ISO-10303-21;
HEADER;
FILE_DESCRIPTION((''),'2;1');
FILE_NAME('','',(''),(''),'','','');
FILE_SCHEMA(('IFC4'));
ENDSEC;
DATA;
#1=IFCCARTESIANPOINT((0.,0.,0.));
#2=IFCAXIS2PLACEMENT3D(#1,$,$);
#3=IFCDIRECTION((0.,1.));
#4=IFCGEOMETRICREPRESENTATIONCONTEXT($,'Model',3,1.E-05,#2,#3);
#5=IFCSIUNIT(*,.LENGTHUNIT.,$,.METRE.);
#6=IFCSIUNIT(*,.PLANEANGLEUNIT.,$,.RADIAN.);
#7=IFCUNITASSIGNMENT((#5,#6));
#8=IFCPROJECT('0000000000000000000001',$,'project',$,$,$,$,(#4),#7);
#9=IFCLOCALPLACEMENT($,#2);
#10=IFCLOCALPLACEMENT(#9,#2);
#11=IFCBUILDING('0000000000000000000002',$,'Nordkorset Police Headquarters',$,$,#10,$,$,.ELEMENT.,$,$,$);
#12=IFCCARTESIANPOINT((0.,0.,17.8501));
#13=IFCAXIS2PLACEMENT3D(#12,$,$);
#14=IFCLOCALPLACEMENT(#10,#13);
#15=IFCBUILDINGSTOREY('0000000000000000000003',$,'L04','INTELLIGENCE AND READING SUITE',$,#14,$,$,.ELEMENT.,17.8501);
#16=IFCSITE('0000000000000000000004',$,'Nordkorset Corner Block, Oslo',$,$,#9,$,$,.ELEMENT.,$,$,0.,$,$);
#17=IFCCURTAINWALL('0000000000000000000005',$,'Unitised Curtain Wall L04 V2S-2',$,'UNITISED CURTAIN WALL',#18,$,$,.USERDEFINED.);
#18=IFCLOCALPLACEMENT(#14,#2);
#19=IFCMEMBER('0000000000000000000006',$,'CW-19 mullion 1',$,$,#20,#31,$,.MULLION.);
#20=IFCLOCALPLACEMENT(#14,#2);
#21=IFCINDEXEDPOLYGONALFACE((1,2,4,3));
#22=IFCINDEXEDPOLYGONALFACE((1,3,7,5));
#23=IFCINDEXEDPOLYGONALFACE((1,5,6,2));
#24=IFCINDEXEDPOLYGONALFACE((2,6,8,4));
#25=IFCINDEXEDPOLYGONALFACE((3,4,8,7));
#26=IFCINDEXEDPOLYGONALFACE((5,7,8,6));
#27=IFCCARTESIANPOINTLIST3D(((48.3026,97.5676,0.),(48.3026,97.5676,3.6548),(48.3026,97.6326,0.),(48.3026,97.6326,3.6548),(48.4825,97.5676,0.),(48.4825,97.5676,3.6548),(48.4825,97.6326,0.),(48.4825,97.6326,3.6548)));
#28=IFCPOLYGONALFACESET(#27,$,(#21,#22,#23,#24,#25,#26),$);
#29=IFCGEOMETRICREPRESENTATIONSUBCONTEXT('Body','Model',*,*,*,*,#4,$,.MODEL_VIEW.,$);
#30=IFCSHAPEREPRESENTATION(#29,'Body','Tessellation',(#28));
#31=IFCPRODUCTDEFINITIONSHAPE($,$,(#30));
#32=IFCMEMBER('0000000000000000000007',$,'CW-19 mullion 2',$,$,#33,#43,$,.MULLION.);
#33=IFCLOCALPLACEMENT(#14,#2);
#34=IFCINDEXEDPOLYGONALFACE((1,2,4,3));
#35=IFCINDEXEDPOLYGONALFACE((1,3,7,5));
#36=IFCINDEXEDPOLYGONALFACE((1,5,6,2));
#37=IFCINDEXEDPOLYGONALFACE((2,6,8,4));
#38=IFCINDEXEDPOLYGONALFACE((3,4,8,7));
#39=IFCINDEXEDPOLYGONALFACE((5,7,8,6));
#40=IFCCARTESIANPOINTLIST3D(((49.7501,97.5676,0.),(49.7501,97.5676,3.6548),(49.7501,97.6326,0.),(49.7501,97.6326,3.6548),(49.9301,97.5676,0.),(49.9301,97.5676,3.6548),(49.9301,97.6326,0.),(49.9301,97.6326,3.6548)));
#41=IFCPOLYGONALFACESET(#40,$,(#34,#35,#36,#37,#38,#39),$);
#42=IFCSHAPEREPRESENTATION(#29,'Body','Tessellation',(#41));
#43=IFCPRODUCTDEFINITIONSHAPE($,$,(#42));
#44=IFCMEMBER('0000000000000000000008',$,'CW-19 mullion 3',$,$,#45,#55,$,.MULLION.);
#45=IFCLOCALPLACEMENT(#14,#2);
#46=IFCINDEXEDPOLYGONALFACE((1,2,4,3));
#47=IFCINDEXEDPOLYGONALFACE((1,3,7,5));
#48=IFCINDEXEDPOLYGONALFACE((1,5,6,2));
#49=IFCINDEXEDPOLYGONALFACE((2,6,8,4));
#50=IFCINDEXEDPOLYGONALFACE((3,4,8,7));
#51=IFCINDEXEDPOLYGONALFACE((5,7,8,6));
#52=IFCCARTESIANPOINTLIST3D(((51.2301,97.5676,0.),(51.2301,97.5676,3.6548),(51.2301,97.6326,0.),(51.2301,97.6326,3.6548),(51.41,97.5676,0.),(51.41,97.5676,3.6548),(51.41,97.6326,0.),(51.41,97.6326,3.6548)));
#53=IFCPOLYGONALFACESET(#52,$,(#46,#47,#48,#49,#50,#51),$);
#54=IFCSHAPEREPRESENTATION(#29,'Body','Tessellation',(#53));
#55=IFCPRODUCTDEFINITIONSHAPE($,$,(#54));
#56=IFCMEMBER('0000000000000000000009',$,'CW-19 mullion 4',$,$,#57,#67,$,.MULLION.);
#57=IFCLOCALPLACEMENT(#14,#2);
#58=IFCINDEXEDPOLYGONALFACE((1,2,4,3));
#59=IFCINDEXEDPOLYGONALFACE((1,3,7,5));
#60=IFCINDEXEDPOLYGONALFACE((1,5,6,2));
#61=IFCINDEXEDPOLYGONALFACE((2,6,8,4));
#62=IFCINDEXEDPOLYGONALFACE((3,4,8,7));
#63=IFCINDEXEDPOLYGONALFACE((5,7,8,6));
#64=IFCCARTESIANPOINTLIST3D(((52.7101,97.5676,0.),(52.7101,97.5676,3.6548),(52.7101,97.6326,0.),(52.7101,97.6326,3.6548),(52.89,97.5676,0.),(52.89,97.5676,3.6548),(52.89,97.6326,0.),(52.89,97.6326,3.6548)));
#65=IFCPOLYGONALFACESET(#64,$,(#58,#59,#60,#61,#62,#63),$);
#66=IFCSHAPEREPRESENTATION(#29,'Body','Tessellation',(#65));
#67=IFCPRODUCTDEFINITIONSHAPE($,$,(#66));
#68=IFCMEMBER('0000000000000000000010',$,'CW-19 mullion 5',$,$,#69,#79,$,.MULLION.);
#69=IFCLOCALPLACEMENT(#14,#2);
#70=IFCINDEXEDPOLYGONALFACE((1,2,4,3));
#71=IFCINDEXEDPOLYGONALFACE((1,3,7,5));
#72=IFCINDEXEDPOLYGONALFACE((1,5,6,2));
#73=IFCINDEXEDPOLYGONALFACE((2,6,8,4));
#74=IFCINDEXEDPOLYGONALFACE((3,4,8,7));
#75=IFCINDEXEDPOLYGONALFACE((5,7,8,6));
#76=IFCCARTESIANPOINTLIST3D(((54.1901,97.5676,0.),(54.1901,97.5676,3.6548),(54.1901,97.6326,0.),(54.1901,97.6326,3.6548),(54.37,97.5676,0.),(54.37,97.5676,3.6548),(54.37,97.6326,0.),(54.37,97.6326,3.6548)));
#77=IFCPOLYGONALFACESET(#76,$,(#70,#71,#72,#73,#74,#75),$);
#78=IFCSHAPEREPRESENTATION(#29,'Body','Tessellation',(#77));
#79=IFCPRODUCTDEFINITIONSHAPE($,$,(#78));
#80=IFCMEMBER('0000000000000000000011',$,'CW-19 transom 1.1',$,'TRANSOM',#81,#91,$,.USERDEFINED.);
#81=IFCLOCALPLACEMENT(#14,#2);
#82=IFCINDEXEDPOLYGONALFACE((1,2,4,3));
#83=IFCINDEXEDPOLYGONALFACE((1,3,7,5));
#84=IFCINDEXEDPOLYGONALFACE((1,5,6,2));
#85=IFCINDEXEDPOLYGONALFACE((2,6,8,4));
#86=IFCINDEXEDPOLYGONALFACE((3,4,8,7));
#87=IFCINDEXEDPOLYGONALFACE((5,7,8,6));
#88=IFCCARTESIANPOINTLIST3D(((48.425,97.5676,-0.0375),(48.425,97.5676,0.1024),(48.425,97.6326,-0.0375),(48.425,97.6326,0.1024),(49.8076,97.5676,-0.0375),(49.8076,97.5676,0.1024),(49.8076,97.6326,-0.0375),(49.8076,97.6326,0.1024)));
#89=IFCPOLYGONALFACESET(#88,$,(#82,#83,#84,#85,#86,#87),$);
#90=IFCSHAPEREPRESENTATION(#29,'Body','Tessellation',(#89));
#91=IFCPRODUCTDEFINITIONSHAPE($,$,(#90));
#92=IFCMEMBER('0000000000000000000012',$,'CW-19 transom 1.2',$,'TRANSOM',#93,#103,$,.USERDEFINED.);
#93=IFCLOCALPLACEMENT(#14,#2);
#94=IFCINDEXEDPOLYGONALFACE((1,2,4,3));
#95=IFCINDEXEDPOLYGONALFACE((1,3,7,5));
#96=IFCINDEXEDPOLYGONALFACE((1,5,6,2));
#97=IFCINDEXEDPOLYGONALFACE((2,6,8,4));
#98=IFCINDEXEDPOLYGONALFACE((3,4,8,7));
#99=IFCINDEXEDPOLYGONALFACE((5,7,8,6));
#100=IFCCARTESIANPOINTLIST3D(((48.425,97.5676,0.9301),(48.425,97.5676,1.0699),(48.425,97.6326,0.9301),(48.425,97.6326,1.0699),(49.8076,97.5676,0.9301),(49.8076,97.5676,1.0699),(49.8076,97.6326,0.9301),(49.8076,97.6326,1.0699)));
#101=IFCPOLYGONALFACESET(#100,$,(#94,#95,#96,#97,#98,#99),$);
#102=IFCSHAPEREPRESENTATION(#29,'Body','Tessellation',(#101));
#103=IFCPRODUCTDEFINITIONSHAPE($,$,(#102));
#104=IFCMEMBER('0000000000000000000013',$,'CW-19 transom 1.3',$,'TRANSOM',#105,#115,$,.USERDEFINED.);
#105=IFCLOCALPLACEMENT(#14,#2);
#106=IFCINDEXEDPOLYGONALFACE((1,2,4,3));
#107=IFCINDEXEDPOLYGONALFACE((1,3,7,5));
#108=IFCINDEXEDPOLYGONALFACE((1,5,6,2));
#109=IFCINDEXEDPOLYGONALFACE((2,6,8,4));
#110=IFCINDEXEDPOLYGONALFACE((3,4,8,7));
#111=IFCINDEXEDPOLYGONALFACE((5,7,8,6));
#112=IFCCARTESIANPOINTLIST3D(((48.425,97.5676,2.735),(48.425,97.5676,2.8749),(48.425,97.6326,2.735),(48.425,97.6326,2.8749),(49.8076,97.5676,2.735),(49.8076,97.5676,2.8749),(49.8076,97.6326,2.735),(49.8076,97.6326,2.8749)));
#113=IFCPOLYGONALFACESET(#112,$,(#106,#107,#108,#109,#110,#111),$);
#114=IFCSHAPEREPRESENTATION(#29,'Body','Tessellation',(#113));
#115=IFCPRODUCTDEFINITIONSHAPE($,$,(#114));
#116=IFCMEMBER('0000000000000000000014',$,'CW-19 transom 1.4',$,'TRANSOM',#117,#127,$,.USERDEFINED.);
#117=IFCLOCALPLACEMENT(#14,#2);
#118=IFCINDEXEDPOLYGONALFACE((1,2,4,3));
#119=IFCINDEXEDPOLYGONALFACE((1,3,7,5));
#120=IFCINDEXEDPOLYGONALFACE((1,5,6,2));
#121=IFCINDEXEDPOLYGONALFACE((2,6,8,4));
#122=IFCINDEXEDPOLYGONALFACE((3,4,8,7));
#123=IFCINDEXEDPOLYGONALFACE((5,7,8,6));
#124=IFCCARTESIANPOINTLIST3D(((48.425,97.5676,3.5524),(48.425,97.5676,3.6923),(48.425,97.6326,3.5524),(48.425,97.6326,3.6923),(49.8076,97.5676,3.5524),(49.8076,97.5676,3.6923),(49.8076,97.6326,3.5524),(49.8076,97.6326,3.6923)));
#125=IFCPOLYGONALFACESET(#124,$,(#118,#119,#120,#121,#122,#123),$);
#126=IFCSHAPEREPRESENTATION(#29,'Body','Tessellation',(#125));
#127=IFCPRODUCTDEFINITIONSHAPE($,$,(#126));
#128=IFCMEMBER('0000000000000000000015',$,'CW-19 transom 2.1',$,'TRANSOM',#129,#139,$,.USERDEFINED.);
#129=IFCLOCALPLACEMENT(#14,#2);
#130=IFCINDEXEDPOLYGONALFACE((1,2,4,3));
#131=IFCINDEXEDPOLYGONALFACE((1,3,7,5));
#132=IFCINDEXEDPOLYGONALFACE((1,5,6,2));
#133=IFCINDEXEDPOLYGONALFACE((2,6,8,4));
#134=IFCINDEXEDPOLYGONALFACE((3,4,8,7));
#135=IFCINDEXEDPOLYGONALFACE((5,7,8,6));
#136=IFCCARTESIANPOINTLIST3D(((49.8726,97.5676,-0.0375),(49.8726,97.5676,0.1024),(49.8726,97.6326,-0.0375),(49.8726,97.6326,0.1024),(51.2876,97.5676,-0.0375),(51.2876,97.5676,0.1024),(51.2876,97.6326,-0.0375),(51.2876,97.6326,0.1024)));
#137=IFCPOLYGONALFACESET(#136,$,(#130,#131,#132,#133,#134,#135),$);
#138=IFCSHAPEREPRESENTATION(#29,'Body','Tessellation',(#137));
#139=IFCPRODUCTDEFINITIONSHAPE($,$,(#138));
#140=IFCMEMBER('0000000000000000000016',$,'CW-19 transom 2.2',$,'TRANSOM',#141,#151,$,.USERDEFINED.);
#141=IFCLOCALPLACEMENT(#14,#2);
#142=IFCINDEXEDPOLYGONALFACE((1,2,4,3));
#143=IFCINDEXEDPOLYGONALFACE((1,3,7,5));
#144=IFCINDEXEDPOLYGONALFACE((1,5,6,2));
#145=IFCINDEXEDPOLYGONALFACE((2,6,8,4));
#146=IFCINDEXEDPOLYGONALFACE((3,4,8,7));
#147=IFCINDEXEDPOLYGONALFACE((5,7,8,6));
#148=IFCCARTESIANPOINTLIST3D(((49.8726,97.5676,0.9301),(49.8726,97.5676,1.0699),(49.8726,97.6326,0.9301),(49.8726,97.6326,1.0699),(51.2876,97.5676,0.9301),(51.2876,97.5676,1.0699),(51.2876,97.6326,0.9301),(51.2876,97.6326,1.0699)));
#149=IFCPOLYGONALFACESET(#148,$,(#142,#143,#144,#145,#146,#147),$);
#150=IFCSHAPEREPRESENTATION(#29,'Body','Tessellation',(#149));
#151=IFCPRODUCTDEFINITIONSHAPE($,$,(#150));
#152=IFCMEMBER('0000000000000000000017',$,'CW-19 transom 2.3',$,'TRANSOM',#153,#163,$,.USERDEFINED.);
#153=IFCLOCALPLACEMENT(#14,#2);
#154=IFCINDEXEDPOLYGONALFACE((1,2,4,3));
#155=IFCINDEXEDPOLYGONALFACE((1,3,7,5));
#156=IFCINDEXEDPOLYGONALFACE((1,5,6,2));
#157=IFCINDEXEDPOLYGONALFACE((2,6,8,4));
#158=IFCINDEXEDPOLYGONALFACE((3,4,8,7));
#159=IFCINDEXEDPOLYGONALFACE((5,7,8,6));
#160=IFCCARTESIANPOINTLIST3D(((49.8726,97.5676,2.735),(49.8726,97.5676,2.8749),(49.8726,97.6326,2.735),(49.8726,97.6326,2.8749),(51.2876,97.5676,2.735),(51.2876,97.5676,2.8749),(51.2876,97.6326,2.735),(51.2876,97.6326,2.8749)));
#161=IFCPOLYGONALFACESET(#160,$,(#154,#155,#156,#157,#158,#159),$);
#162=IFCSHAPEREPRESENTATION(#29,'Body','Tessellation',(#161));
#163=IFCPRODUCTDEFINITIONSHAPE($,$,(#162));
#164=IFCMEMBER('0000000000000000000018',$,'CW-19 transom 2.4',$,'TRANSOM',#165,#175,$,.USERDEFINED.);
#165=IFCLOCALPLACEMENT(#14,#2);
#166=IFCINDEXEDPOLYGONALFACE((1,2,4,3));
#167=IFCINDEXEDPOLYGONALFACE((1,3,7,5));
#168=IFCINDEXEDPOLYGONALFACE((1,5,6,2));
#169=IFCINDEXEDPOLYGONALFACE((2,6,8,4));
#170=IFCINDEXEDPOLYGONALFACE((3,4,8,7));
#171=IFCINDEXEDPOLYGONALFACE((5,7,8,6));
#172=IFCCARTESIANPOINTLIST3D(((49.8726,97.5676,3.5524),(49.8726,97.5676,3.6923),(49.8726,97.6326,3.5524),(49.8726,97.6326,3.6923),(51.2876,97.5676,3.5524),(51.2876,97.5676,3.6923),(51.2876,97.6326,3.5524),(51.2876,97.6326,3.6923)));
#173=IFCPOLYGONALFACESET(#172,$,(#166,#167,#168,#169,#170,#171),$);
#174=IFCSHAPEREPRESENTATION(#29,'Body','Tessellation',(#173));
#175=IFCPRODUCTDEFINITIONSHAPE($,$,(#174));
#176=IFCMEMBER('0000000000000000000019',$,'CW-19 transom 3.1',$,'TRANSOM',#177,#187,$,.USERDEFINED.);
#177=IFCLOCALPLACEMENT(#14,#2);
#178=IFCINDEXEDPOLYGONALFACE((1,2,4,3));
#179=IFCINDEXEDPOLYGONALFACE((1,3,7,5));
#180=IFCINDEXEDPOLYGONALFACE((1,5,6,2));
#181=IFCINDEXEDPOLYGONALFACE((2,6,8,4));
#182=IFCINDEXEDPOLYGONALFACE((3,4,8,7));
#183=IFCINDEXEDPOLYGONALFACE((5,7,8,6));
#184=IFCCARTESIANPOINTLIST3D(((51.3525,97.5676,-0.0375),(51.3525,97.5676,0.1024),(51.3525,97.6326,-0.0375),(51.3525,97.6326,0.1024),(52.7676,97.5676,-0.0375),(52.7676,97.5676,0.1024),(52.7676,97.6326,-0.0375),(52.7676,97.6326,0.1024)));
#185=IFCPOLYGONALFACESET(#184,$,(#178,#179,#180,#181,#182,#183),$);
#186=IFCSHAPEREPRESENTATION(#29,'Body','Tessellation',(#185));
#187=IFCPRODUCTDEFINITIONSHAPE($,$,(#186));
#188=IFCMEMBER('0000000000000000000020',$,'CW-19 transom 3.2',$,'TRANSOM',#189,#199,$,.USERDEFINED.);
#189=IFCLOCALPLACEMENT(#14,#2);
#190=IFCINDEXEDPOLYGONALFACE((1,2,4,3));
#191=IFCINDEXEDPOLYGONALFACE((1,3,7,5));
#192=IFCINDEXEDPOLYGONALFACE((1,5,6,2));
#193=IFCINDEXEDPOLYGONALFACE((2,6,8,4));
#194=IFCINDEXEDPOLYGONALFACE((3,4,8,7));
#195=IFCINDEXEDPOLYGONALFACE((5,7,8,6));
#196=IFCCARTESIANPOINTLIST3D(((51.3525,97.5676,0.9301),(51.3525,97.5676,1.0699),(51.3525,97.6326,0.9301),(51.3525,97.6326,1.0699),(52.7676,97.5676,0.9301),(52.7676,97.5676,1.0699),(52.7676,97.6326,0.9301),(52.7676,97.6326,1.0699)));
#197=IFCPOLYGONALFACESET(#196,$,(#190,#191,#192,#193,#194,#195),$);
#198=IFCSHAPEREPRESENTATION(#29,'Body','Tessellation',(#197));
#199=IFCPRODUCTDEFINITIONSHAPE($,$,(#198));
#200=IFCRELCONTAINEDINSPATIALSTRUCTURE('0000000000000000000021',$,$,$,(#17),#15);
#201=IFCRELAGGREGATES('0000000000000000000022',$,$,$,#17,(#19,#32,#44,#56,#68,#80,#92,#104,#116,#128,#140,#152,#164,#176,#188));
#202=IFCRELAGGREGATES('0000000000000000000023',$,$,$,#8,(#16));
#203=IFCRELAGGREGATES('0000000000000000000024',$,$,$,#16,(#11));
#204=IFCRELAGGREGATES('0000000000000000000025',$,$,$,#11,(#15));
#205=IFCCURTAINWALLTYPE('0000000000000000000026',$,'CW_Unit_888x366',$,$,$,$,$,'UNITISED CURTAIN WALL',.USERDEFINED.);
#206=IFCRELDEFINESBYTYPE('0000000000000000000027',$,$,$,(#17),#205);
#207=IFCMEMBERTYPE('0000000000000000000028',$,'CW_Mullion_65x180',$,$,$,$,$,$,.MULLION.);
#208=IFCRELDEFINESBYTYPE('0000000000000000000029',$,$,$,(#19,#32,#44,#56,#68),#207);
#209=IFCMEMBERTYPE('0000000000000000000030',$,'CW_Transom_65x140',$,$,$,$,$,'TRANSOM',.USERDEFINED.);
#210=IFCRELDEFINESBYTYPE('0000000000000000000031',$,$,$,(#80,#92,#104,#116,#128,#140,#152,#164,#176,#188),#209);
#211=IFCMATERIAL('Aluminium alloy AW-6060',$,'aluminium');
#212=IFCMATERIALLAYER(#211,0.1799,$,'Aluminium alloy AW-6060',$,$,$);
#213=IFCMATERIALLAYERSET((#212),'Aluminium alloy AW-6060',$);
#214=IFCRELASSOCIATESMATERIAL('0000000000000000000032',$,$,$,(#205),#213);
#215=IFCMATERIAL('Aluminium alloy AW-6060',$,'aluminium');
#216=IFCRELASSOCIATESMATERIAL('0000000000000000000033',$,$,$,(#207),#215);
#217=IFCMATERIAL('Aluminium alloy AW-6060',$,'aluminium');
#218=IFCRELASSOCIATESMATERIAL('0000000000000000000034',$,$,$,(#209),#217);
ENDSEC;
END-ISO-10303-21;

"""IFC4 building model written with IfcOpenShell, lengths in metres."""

from ifc_helpers import new_model, si_unit, direction, frame, origin, origin_2d, place, context, subcontext, project, spatial, rectangle, extrude, material, layer, layer_set, material_profile, profile_set, type_object, element, aggregate, save


model = new_model("IFC4")

# Units and contexts
model_context = context("Model", 3, precision=1e-05, world=origin(), true_north=direction((0.0, 1.0)))
body_context = subcontext(model_context, "Body", "Model", "MODEL_VIEW")
ifc_project = project(units=[si_unit("LENGTHUNIT", "METRE"), si_unit("PLANEANGLEUNIT", "RADIAN")], contexts=[model_context])

# Site, building, storey
site_placement = place(None, origin())
site = spatial("IfcSite", under=ifc_project, at=site_placement, Name="Nordkorset Corner Block, Oslo", CompositionType="ELEMENT", RefElevation=0.0)
building_placement = place(site_placement, origin())
building = spatial("IfcBuilding", under=site, at=building_placement, Name="Nordkorset Police Headquarters", CompositionType="ELEMENT")
storey_placement = place(building_placement, frame((0.0, 0.0, 17.8501)))
storey = spatial("IfcBuildingStorey", under=building, at=storey_placement, Name="L04", Description="INTELLIGENCE AND READING SUITE", CompositionType="ELEMENT", Elevation=17.8501)

# Curtain wall, members
ifc_material_1 = material(Name="Aluminium alloy AW-6060", Category="aluminium")
ifc_layer_1 = layer(ifc_material_1, 0.1799, Name="Aluminium alloy AW-6060")
ifc_layer_set_1 = layer_set([ifc_layer_1], Name="Aluminium alloy AW-6060")
curtain_wall_type = type_object("IfcCurtainWallType", Name="CW_Unit_888x366", ElementType="UNITISED CURTAIN WALL", PredefinedType="USERDEFINED", material=ifc_layer_set_1)
curtain_wall_placement = place(storey_placement, origin())
curtain_wall = element("IfcCurtainWall", 1, at=curtain_wall_placement, inside=storey, type_object=curtain_wall_type, Name="Unitised Curtain Wall L04 V2S-2", ObjectType="UNITISED CURTAIN WALL", PredefinedType="USERDEFINED")
ifc_material_2 = material(Name="Aluminium alloy AW-6060", Category="aluminium")
ifc_material_profile_1 = material_profile(ifc_material_2, rectangle(XDim=0.0649, YDim=0.1799, at=origin_2d()), Name="ALU MULL 65x180")
ifc_profile_set_1 = profile_set([ifc_material_profile_1], Name="Aluminium alloy AW-6060")
member_type_1 = type_object("IfcMemberType", Name="CW_Mullion_65x180", PredefinedType="MULLION", material=ifc_profile_set_1)
member_1_placement = place(storey_placement, frame((48.3926, 97.6001, 0.0), z_axis=(0.0, 0.0, 1.0), x_axis=(0.0, 1.0, 0.0)))
member_1 = element("IfcMember", 2, at=member_1_placement, type_object=member_type_1, Name="CW-19 mullion 1", PredefinedType="MULLION", context=body_context, shape_type="SweptSolid", body=[
    extrude(rectangle(XDim=0.0649, YDim=0.1799, at=origin_2d()), origin(), (0.0, 0.0, 1.0), 3.6548),
])
member_2_placement = place(storey_placement, frame((49.8401, 97.6001, 0.0), z_axis=(0.0, 0.0, 1.0), x_axis=(0.0, 1.0, 0.0)))
member_2 = element("IfcMember", 3, at=member_2_placement, type_object=member_type_1, Name="CW-19 mullion 2", PredefinedType="MULLION", context=body_context, shape_type="SweptSolid", body=[
    extrude(rectangle(XDim=0.0649, YDim=0.1799, at=origin_2d()), origin(), (0.0, 0.0, 1.0), 3.6548),
])
member_3_placement = place(storey_placement, frame((51.3201, 97.6001, 0.0), z_axis=(0.0, 0.0, 1.0), x_axis=(0.0, 1.0, 0.0)))
member_3 = element("IfcMember", 4, at=member_3_placement, type_object=member_type_1, Name="CW-19 mullion 3", PredefinedType="MULLION", context=body_context, shape_type="SweptSolid", body=[
    extrude(rectangle(XDim=0.0649, YDim=0.1799, at=origin_2d()), origin(), (0.0, 0.0, 1.0), 3.6548),
])
member_4_placement = place(storey_placement, frame((52.8, 97.6001, 0.0), z_axis=(0.0, 0.0, 1.0), x_axis=(0.0, 1.0, 0.0)))
member_4 = element("IfcMember", 5, at=member_4_placement, type_object=member_type_1, Name="CW-19 mullion 4", PredefinedType="MULLION", context=body_context, shape_type="SweptSolid", body=[
    extrude(rectangle(XDim=0.0649, YDim=0.1799, at=origin_2d()), origin(), (0.0, 0.0, 1.0), 3.6548),
])
member_5_placement = place(storey_placement, frame((54.28, 97.6001, 0.0), z_axis=(0.0, 0.0, 1.0), x_axis=(0.0, 1.0, 0.0)))
member_5 = element("IfcMember", 6, at=member_5_placement, type_object=member_type_1, Name="CW-19 mullion 5", PredefinedType="MULLION", context=body_context, shape_type="SweptSolid", body=[
    extrude(rectangle(XDim=0.0649, YDim=0.1799, at=origin_2d()), origin(), (0.0, 0.0, 1.0), 3.6548),
])
ifc_material_3 = material(Name="Aluminium alloy AW-6060", Category="aluminium")
ifc_material_profile_2 = material_profile(ifc_material_3, rectangle(XDim=0.0649, YDim=0.1399, at=origin_2d()), Name="ALU TRAN 65x140")
ifc_profile_set_2 = profile_set([ifc_material_profile_2], Name="Aluminium alloy AW-6060")
member_type_2 = type_object("IfcMemberType", Name="CW_Transom_65x140", ElementType="TRANSOM", PredefinedType="USERDEFINED", material=ifc_profile_set_2)
member_6_placement = place(storey_placement, frame((48.425, 97.6001, 0.0325), z_axis=(1.0, 0.0, 0.0), x_axis=(0.0, 1.0, 0.0)))
member_6 = element("IfcMember", 7, at=member_6_placement, type_object=member_type_2, Name="CW-19 transom 1.1", ObjectType="TRANSOM", PredefinedType="USERDEFINED", context=body_context, shape_type="SweptSolid", body=[
    extrude(rectangle(XDim=0.0649, YDim=0.1399, at=origin_2d()), origin(), (0.0, 0.0, 1.0), 1.3826),
])
member_7_placement = place(storey_placement, frame((48.425, 97.6001, 1.0), z_axis=(1.0, 0.0, 0.0), x_axis=(0.0, 1.0, 0.0)))
member_7 = element("IfcMember", 8, at=member_7_placement, type_object=member_type_2, Name="CW-19 transom 1.2", ObjectType="TRANSOM", PredefinedType="USERDEFINED", context=body_context, shape_type="SweptSolid", body=[
    extrude(rectangle(XDim=0.0649, YDim=0.1399, at=origin_2d()), origin(), (0.0, 0.0, 1.0), 1.3826),
])
member_8_placement = place(storey_placement, frame((48.425, 97.6001, 2.8049), z_axis=(1.0, 0.0, 0.0), x_axis=(0.0, 1.0, 0.0)))
member_8 = element("IfcMember", 9, at=member_8_placement, type_object=member_type_2, Name="CW-19 transom 1.3", ObjectType="TRANSOM", PredefinedType="USERDEFINED", context=body_context, shape_type="SweptSolid", body=[
    extrude(rectangle(XDim=0.0649, YDim=0.1399, at=origin_2d()), origin(), (0.0, 0.0, 1.0), 1.3826),
])
member_9_placement = place(storey_placement, frame((48.425, 97.6001, 3.6223), z_axis=(1.0, 0.0, 0.0), x_axis=(0.0, 1.0, 0.0)))
member_9 = element("IfcMember", 10, at=member_9_placement, type_object=member_type_2, Name="CW-19 transom 1.4", ObjectType="TRANSOM", PredefinedType="USERDEFINED", context=body_context, shape_type="SweptSolid", body=[
    extrude(rectangle(XDim=0.0649, YDim=0.1399, at=origin_2d()), origin(), (0.0, 0.0, 1.0), 1.3826),
])
member_10_placement = place(storey_placement, frame((49.8726, 97.6001, 0.0325), z_axis=(1.0, 0.0, 0.0), x_axis=(0.0, 1.0, 0.0)))
member_10 = element("IfcMember", 11, at=member_10_placement, type_object=member_type_2, Name="CW-19 transom 2.1", ObjectType="TRANSOM", PredefinedType="USERDEFINED", context=body_context, shape_type="SweptSolid", body=[
    extrude(rectangle(XDim=0.0649, YDim=0.1399, at=origin_2d()), origin(), (0.0, 0.0, 1.0), 1.415),
])
member_11_placement = place(storey_placement, frame((49.8726, 97.6001, 1.0), z_axis=(1.0, 0.0, 0.0), x_axis=(0.0, 1.0, 0.0)))
member_11 = element("IfcMember", 12, at=member_11_placement, type_object=member_type_2, Name="CW-19 transom 2.2", ObjectType="TRANSOM", PredefinedType="USERDEFINED", context=body_context, shape_type="SweptSolid", body=[
    extrude(rectangle(XDim=0.0649, YDim=0.1399, at=origin_2d()), origin(), (0.0, 0.0, 1.0), 1.415),
])
member_12_placement = place(storey_placement, frame((49.8726, 97.6001, 2.8049), z_axis=(1.0, 0.0, 0.0), x_axis=(0.0, 1.0, 0.0)))
member_12 = element("IfcMember", 13, at=member_12_placement, type_object=member_type_2, Name="CW-19 transom 2.3", ObjectType="TRANSOM", PredefinedType="USERDEFINED", context=body_context, shape_type="SweptSolid", body=[
    extrude(rectangle(XDim=0.0649, YDim=0.1399, at=origin_2d()), origin(), (0.0, 0.0, 1.0), 1.415),
])
member_13_placement = place(storey_placement, frame((49.8726, 97.6001, 3.6223), z_axis=(1.0, 0.0, 0.0), x_axis=(0.0, 1.0, 0.0)))
member_13 = element("IfcMember", 14, at=member_13_placement, type_object=member_type_2, Name="CW-19 transom 2.4", ObjectType="TRANSOM", PredefinedType="USERDEFINED", context=body_context, shape_type="SweptSolid", body=[
    extrude(rectangle(XDim=0.0649, YDim=0.1399, at=origin_2d()), origin(), (0.0, 0.0, 1.0), 1.415),
])
member_14_placement = place(storey_placement, frame((51.3525, 97.6001, 0.0325), z_axis=(1.0, 0.0, 0.0), x_axis=(0.0, 1.0, 0.0)))
member_14 = element("IfcMember", 15, at=member_14_placement, type_object=member_type_2, Name="CW-19 transom 3.1", ObjectType="TRANSOM", PredefinedType="USERDEFINED", context=body_context, shape_type="SweptSolid", body=[
    extrude(rectangle(XDim=0.0649, YDim=0.1399, at=origin_2d()), origin(), (0.0, 0.0, 1.0), 1.415),
])
member_15_placement = place(storey_placement, frame((51.3525, 97.6001, 1.0), z_axis=(1.0, 0.0, 0.0), x_axis=(0.0, 1.0, 0.0)))
member_15 = element("IfcMember", 16, at=member_15_placement, type_object=member_type_2, Name="CW-19 transom 3.2", ObjectType="TRANSOM", PredefinedType="USERDEFINED", context=body_context, shape_type="SweptSolid", body=[
    extrude(rectangle(XDim=0.0649, YDim=0.1399, at=origin_2d()), origin(), (0.0, 0.0, 1.0), 1.415),
])

aggregate(curtain_wall, [member_1, member_2, member_3, member_4, member_5, member_6, member_7, member_8, member_9, member_10, member_11, member_12, member_13, member_14, member_15])

save(model, "model.ifc")
